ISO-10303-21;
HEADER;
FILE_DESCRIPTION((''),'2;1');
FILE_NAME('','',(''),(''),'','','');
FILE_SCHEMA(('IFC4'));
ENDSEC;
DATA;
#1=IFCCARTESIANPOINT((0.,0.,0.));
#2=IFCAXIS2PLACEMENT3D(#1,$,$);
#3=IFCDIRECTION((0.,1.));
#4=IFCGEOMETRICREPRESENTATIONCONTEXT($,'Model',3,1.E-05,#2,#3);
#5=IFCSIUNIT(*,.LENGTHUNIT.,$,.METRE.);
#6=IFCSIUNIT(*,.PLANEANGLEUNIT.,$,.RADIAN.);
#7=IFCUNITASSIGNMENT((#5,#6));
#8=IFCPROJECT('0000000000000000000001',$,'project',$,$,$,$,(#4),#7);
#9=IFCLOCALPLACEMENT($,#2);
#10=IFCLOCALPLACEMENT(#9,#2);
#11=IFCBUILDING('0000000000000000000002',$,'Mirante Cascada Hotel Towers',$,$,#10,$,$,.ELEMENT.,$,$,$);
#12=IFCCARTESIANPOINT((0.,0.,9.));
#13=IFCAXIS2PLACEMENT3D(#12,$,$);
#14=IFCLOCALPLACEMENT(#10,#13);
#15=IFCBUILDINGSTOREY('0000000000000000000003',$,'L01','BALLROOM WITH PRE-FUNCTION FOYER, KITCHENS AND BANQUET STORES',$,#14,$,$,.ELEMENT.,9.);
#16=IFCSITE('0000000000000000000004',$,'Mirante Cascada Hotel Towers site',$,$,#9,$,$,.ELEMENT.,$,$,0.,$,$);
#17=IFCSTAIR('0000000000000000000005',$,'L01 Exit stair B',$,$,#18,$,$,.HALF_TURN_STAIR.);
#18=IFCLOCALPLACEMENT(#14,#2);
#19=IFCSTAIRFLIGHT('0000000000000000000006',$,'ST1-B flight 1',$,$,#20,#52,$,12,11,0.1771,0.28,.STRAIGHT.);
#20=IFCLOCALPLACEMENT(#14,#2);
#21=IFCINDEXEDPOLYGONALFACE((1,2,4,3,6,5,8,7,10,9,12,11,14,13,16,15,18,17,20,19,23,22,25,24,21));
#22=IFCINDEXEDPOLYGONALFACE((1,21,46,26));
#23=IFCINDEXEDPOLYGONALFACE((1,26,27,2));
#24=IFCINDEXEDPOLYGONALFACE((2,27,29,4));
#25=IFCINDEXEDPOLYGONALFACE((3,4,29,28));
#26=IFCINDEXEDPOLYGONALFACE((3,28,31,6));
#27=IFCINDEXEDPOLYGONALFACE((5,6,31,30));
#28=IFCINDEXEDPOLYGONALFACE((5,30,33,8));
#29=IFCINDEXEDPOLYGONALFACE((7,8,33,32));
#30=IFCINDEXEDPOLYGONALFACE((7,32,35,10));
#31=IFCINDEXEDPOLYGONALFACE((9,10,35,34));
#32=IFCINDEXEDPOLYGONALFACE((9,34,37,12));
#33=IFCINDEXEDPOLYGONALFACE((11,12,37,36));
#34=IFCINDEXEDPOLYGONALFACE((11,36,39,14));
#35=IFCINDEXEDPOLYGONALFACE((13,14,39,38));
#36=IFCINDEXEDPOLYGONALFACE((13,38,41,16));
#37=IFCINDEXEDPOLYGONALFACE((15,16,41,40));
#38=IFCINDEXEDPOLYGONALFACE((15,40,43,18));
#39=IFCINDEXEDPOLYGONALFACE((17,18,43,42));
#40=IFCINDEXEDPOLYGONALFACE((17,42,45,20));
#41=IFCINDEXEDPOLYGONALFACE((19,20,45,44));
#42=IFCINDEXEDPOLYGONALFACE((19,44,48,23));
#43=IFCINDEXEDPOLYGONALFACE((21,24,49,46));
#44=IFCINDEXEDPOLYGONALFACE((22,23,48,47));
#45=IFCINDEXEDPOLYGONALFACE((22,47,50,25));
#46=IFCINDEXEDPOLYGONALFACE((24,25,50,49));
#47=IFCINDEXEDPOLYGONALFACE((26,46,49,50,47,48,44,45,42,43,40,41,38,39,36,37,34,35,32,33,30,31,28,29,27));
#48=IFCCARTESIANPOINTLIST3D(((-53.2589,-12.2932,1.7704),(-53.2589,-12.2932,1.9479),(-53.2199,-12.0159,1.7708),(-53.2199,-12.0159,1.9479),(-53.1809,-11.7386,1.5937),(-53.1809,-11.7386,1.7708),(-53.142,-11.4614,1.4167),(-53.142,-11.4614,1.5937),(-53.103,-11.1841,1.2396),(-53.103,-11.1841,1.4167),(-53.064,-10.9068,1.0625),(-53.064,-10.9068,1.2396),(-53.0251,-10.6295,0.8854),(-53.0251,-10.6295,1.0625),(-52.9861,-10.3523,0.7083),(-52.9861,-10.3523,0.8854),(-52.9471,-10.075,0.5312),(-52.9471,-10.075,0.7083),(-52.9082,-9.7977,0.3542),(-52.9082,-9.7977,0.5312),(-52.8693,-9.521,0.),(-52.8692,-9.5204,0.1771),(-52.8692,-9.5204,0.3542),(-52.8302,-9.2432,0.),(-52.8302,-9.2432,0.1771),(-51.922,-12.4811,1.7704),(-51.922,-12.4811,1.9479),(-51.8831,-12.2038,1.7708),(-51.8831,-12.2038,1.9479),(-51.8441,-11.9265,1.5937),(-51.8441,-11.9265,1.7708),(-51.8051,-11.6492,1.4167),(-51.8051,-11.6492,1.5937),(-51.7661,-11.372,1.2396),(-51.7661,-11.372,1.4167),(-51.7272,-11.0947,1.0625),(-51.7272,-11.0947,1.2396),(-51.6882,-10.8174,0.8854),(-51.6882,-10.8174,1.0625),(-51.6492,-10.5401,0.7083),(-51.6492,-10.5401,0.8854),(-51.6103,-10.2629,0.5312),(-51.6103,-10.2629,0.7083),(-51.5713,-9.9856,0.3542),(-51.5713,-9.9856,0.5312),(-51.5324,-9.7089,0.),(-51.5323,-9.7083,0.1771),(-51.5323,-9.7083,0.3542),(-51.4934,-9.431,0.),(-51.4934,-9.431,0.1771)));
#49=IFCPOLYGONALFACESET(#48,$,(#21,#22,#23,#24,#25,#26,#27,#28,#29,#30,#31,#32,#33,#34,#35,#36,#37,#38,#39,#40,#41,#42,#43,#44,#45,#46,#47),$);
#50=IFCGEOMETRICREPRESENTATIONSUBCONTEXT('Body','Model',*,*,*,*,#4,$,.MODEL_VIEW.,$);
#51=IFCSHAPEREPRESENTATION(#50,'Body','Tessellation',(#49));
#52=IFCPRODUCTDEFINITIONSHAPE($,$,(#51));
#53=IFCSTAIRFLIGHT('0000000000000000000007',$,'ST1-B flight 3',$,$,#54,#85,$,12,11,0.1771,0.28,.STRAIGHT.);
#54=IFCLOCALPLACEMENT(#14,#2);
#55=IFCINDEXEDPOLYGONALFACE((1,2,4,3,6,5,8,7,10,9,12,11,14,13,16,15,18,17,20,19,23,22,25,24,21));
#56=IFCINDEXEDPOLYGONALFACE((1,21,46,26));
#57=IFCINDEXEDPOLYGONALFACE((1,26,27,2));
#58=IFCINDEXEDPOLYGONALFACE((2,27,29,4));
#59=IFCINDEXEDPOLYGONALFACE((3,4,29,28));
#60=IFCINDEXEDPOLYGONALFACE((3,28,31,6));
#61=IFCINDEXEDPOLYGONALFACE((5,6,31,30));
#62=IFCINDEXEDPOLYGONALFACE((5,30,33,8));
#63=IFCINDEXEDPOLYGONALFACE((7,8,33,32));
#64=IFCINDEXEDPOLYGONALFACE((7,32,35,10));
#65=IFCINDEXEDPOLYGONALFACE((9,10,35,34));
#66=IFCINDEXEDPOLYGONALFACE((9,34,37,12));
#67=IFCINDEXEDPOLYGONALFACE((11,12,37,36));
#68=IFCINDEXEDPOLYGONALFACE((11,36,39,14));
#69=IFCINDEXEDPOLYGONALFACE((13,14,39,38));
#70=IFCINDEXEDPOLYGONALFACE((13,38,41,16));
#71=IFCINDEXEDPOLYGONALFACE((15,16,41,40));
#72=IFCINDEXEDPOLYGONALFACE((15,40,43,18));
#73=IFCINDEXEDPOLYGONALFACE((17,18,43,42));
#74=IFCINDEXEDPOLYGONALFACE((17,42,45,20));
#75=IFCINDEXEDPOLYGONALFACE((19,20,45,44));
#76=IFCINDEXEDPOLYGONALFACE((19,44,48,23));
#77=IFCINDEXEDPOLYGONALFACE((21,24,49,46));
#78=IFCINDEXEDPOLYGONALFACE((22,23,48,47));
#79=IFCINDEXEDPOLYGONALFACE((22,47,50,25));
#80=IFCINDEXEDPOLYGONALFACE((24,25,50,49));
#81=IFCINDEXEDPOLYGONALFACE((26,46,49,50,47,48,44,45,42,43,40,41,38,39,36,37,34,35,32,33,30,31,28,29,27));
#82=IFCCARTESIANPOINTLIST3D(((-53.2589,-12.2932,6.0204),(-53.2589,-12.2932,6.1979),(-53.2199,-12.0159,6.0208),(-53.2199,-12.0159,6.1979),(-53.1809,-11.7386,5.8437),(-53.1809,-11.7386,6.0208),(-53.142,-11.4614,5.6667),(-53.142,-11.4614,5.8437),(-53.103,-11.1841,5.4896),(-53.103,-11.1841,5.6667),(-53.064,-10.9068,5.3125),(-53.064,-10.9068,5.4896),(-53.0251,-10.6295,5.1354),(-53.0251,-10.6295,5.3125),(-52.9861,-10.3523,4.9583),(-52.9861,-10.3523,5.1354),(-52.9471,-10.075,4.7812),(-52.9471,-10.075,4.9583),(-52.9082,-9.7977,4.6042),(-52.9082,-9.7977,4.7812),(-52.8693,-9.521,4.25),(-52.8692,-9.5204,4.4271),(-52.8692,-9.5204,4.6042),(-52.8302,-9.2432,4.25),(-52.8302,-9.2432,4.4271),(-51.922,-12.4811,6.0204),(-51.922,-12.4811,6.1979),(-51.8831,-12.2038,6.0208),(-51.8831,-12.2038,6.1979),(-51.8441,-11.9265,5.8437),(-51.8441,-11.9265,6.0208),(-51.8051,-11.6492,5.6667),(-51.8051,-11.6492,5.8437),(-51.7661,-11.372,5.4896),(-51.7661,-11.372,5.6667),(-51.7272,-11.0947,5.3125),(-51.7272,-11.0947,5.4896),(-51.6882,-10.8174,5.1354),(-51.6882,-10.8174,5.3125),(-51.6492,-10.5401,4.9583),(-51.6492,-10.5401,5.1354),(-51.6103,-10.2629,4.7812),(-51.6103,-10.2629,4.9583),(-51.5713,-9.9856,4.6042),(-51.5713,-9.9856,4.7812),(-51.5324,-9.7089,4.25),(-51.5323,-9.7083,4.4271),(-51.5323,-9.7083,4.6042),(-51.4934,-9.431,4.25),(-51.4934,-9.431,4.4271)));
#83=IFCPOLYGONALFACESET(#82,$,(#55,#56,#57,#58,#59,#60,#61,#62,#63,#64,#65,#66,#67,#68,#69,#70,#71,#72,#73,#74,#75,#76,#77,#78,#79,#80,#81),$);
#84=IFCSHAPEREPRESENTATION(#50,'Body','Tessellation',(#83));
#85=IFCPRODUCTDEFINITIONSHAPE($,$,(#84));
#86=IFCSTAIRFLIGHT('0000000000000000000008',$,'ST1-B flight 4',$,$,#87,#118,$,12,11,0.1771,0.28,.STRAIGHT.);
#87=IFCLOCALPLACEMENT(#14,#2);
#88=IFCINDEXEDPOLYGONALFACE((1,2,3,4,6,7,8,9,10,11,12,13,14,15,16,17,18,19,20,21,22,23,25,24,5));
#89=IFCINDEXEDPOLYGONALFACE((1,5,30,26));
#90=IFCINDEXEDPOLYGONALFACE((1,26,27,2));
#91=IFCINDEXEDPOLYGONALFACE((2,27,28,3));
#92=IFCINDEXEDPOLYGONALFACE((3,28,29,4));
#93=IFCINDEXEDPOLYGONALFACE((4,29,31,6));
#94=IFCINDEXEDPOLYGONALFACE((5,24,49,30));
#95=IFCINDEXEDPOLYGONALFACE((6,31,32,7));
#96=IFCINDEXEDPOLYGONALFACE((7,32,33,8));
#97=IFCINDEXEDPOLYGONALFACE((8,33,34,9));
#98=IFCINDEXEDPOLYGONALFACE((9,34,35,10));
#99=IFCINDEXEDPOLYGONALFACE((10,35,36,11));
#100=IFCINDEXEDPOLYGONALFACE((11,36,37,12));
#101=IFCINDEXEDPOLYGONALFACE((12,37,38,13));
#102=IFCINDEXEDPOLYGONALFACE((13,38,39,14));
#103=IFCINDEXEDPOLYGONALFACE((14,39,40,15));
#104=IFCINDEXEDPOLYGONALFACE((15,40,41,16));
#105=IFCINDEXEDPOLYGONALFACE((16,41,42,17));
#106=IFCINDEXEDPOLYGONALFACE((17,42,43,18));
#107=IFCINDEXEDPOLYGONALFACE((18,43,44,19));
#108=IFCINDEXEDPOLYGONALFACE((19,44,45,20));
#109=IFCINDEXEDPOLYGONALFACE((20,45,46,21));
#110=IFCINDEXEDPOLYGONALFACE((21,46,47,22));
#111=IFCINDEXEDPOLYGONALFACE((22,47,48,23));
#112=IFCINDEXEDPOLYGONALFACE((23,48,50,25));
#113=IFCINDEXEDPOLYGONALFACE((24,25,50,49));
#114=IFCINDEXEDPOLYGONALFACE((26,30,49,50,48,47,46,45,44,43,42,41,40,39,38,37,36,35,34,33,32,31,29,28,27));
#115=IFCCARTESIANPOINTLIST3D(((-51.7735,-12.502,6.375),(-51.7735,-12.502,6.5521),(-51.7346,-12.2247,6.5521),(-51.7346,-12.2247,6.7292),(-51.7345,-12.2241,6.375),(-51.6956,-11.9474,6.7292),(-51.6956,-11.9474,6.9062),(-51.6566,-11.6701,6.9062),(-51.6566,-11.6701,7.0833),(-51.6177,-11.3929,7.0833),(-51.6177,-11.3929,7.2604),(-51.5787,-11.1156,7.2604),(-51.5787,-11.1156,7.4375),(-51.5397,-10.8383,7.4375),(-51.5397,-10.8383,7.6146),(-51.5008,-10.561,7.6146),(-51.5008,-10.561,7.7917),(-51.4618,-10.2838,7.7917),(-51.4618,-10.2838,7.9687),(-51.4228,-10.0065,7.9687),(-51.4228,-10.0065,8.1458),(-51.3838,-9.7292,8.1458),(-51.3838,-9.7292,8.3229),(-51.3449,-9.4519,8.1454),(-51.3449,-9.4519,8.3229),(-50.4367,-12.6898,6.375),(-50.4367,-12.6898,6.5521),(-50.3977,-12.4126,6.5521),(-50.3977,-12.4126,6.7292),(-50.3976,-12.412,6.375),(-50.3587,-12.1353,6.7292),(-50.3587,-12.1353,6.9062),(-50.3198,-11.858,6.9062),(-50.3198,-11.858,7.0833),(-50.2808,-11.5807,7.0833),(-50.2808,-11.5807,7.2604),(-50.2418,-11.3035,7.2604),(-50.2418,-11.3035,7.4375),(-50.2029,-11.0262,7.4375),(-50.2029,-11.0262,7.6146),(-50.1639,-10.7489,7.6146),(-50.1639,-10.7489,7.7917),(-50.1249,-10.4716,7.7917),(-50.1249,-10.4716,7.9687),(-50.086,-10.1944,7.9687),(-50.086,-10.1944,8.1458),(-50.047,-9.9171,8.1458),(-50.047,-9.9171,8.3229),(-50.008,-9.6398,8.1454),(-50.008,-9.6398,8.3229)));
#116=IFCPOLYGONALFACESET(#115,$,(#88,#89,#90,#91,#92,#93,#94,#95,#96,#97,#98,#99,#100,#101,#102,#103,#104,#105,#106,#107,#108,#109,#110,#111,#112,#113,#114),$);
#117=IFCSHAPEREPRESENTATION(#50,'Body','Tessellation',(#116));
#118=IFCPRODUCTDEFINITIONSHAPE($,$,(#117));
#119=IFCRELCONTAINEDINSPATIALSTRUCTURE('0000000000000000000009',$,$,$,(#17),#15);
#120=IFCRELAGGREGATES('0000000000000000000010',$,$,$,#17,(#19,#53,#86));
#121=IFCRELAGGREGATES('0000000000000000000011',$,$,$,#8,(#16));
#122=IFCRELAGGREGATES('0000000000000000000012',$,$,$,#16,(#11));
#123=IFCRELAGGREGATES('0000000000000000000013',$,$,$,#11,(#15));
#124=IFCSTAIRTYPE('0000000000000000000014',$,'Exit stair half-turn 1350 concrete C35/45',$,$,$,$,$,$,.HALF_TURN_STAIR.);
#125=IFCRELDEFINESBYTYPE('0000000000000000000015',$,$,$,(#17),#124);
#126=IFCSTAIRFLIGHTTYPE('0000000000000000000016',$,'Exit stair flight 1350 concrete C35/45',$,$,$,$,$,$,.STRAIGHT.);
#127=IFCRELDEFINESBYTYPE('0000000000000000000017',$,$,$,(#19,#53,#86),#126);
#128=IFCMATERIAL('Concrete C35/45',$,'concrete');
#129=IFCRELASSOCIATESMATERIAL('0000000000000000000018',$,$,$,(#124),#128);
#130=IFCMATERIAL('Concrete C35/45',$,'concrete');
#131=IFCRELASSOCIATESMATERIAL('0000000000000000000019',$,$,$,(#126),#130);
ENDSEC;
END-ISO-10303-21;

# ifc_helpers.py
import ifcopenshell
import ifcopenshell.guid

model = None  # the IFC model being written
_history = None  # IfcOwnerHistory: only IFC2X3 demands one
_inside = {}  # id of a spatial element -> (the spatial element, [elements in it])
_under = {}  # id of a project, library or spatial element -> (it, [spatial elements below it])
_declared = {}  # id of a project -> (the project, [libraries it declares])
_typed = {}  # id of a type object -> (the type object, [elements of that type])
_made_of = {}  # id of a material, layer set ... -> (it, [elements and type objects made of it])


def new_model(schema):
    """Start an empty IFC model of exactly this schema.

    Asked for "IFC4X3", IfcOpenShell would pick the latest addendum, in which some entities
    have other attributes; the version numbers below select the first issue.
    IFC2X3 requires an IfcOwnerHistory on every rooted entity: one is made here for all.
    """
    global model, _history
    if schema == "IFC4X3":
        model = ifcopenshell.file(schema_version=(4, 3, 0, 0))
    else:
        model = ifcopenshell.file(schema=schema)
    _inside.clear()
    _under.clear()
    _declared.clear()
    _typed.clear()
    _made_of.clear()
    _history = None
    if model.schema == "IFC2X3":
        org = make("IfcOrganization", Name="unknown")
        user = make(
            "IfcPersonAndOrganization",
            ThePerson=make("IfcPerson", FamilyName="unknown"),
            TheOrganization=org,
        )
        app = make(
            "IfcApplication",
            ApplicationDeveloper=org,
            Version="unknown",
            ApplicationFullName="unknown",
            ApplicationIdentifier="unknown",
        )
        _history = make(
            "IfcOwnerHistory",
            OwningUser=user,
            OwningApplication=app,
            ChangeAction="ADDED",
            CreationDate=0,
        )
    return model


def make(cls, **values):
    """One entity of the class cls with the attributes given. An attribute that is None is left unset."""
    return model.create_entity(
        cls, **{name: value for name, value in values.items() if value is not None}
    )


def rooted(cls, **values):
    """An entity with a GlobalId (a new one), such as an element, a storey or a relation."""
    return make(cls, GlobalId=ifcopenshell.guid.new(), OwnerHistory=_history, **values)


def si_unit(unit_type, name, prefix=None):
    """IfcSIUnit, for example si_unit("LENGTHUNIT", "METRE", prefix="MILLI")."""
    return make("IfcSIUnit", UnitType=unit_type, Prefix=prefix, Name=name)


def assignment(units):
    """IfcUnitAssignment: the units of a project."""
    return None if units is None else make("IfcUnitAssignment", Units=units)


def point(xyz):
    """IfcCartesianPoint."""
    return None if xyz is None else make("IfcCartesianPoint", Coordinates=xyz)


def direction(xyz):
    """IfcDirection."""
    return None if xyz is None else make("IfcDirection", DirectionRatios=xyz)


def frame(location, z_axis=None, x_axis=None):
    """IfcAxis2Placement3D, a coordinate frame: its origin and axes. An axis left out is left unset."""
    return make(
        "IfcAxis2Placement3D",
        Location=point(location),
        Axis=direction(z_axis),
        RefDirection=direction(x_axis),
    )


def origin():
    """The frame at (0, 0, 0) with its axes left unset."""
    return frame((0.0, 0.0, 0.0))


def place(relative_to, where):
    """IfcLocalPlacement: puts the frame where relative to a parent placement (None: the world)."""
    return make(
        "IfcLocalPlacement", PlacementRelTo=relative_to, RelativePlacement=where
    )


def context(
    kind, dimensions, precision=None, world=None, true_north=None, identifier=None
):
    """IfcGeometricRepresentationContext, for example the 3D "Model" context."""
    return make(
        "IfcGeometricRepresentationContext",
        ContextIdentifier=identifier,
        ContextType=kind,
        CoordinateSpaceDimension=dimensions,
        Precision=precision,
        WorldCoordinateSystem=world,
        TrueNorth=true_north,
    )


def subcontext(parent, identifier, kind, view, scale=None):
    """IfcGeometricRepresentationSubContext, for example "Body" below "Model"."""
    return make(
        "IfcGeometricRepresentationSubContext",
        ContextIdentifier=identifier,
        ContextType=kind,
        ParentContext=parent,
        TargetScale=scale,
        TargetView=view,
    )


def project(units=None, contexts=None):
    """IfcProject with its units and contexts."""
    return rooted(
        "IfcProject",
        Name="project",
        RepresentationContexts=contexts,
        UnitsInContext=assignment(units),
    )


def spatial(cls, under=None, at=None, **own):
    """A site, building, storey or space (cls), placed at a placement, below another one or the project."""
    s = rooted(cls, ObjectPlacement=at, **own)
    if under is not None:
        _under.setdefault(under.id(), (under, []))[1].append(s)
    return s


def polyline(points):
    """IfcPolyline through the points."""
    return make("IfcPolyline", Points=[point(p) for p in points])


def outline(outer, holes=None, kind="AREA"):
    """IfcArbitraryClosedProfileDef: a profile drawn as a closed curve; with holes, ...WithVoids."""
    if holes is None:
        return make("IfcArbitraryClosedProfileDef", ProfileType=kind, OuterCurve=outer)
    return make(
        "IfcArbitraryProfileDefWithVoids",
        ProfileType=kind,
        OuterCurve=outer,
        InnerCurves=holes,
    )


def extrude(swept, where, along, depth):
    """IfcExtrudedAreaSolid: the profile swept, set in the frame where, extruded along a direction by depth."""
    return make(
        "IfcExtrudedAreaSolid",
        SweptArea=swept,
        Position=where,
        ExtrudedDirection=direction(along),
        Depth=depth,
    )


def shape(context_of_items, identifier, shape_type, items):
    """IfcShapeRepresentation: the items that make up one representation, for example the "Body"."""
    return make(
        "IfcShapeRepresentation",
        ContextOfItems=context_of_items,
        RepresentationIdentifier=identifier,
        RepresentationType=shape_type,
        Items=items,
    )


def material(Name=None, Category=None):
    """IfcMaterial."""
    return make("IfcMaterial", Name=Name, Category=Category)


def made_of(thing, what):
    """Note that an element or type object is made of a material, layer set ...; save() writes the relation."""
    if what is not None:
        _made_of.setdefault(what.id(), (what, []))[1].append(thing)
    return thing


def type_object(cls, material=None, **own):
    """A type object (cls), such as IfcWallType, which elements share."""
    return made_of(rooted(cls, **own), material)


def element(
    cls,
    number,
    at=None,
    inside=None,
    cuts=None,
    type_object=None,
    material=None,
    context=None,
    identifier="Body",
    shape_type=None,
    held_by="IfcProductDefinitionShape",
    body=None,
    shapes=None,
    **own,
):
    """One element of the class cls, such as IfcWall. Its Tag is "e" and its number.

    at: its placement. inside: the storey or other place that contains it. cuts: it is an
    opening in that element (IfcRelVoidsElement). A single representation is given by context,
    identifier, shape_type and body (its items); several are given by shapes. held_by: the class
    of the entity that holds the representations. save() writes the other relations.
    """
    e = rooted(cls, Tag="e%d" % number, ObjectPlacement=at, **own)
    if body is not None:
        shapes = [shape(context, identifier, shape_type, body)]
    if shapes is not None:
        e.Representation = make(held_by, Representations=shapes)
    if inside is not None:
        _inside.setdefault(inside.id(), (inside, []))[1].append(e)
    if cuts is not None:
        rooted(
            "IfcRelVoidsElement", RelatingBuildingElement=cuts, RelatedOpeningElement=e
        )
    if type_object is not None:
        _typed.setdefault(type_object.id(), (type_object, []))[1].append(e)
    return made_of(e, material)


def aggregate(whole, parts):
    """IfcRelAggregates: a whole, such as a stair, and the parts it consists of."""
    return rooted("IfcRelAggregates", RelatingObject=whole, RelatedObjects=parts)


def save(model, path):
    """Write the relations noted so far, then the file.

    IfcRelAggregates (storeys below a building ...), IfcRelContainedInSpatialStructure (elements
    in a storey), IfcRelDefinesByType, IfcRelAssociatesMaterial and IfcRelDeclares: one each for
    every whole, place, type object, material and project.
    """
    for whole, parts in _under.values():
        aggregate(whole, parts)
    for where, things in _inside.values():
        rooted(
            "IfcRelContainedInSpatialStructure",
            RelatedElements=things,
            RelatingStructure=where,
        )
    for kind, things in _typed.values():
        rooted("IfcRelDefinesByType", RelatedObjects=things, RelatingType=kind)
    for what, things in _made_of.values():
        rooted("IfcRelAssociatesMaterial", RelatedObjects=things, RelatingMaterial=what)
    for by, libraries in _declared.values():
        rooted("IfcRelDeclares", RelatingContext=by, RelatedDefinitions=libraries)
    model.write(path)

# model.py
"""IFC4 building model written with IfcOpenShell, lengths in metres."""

from ifc_helpers import new_model, si_unit, direction, frame, origin, place, context, subcontext, project, spatial, polyline, outline, extrude, material, type_object, element, aggregate, save


model = new_model("IFC4")

# Units and contexts
model_context = context("Model", 3, precision=1e-05, world=origin(), true_north=direction((0.0, 1.0)))
body_context = subcontext(model_context, "Body", "Model", "MODEL_VIEW")
ifc_project = project(units=[si_unit("LENGTHUNIT", "METRE"), si_unit("PLANEANGLEUNIT", "RADIAN")], contexts=[model_context])

# Site, building, storey
site_placement = place(None, origin())
site = spatial("IfcSite", under=ifc_project, at=site_placement, Name="Mirante Cascada Hotel Towers site", CompositionType="ELEMENT", RefElevation=0.0)
building_placement = place(site_placement, origin())
building = spatial("IfcBuilding", under=site, at=building_placement, Name="Mirante Cascada Hotel Towers", CompositionType="ELEMENT")
storey_placement = place(building_placement, frame((0.0, 0.0, 9.0)))
storey = spatial("IfcBuildingStorey", under=building, at=storey_placement, Name="L01", Description="BALLROOM WITH PRE-FUNCTION FOYER, KITCHENS AND BANQUET STORES", CompositionType="ELEMENT", Elevation=9.0)

# Stair, stair flights
ifc_material_1 = material(Name="Concrete C35/45", Category="concrete")
stair_type = type_object("IfcStairType", Name="Exit stair half-turn 1350 concrete C35/45", PredefinedType="HALF_TURN_STAIR", material=ifc_material_1)
stair_placement = place(storey_placement, origin())
stair = element("IfcStair", 1, at=stair_placement, inside=storey, type_object=stair_type, Name="L01 Exit stair B", PredefinedType="HALF_TURN_STAIR")
ifc_material_2 = material(Name="Concrete C35/45", Category="concrete")
stair_flight_type = type_object("IfcStairFlightType", Name="Exit stair flight 1350 concrete C35/45", PredefinedType="STRAIGHT", material=ifc_material_2)
stair_flight_1_placement = place(storey_placement, frame((-52.1618, -9.3371, 0.0), z_axis=(0.0, 0.0, 1.0), x_axis=(-0.139173, -0.990268, 0.0)))
stair_flight_1 = element("IfcStairFlight", 2, at=stair_flight_1_placement, type_object=stair_flight_type, Name="ST1-B flight 1", NumberOfRisers=12, NumberOfTreads=11, PredefinedType="STRAIGHT", RiserHeight=0.1771, TreadLength=0.28, context=body_context, shape_type="SweptSolid", body=[
    extrude(outline(polyline([(0.0, 0.0), (0.0, 0.1771), (0.28, 0.1771), (0.28, 0.3542), (0.56, 0.3542), (0.56, 0.5312), (0.84, 0.5312), (0.84, 0.7083), (1.12, 0.7083), (1.12, 0.8854), (1.4, 0.8854), (1.4, 1.0625), (1.68, 1.0625), (1.68, 1.2396), (1.96, 1.2396), (1.96, 1.4167), (2.24, 1.4167), (2.24, 1.5937), (2.52, 1.5937), (2.52, 1.7708), (2.8, 1.7708), (2.8, 1.9479), (3.08, 1.9479), (3.08, 2.125), (3.08, 1.7704), (0.2806, 0.0), (0.0, 0.0)])), frame((0.0, 0.675, 0.0), z_axis=(0.0, -1.0, 0.0), x_axis=(1.0, 0.0, 0.0)), (0.0, 0.0, 1.0), 1.35),
])
stair_flight_2_placement = place(storey_placement, frame((-52.1618, -9.3371, 4.25), z_axis=(0.0, 0.0, 1.0), x_axis=(-0.139173, -0.990268, 0.0)))
stair_flight_2 = element("IfcStairFlight", 3, at=stair_flight_2_placement, type_object=stair_flight_type, Name="ST1-B flight 3", NumberOfRisers=12, NumberOfTreads=11, PredefinedType="STRAIGHT", RiserHeight=0.1771, TreadLength=0.28, context=body_context, shape_type="SweptSolid", body=[
    extrude(outline(polyline([(0.0, 0.0), (0.0, 0.1771), (0.28, 0.1771), (0.28, 0.3542), (0.56, 0.3542), (0.56, 0.5312), (0.84, 0.5312), (0.84, 0.7083), (1.12, 0.7083), (1.12, 0.8854), (1.4, 0.8854), (1.4, 1.0625), (1.68, 1.0625), (1.68, 1.2396), (1.96, 1.2396), (1.96, 1.4167), (2.24, 1.4167), (2.24, 1.5937), (2.52, 1.5937), (2.52, 1.7708), (2.8, 1.7708), (2.8, 1.9479), (3.08, 1.9479), (3.08, 2.125), (3.08, 1.7704), (0.2806, 0.0), (0.0, 0.0)])), frame((0.0, 0.675, 0.0), z_axis=(0.0, -1.0, 0.0), x_axis=(1.0, 0.0, 0.0)), (0.0, 0.0, 1.0), 1.35),
])
stair_flight_3_placement = place(storey_placement, frame((-51.1051, -12.5959, 6.375), z_axis=(0.0, 0.0, 1.0), x_axis=(0.139173, 0.990268, 0.0)))
stair_flight_3 = element("IfcStairFlight", 4, at=stair_flight_3_placement, type_object=stair_flight_type, Name="ST1-B flight 4", NumberOfRisers=12, NumberOfTreads=11, PredefinedType="STRAIGHT", RiserHeight=0.1771, TreadLength=0.28, context=body_context, shape_type="SweptSolid", body=[
    extrude(outline(polyline([(0.0, 0.0), (0.0, 0.1771), (0.28, 0.1771), (0.28, 0.3542), (0.56, 0.3542), (0.56, 0.5312), (0.84, 0.5312), (0.84, 0.7083), (1.12, 0.7083), (1.12, 0.8854), (1.4, 0.8854), (1.4, 1.0625), (1.68, 1.0625), (1.68, 1.2396), (1.96, 1.2396), (1.96, 1.4167), (2.24, 1.4167), (2.24, 1.5937), (2.52, 1.5937), (2.52, 1.7708), (2.8, 1.7708), (2.8, 1.9479), (3.08, 1.9479), (3.08, 2.125), (3.08, 1.7704), (0.2806, 0.0), (0.0, 0.0)])), frame((0.0, 0.675, 0.0), z_axis=(0.0, -1.0, 0.0), x_axis=(1.0, 0.0, 0.0)), (0.0, 0.0, 1.0), 1.35),
])
aggregate(stair, [stair_flight_1, stair_flight_2, stair_flight_3])

save(model, "model.ifc")
